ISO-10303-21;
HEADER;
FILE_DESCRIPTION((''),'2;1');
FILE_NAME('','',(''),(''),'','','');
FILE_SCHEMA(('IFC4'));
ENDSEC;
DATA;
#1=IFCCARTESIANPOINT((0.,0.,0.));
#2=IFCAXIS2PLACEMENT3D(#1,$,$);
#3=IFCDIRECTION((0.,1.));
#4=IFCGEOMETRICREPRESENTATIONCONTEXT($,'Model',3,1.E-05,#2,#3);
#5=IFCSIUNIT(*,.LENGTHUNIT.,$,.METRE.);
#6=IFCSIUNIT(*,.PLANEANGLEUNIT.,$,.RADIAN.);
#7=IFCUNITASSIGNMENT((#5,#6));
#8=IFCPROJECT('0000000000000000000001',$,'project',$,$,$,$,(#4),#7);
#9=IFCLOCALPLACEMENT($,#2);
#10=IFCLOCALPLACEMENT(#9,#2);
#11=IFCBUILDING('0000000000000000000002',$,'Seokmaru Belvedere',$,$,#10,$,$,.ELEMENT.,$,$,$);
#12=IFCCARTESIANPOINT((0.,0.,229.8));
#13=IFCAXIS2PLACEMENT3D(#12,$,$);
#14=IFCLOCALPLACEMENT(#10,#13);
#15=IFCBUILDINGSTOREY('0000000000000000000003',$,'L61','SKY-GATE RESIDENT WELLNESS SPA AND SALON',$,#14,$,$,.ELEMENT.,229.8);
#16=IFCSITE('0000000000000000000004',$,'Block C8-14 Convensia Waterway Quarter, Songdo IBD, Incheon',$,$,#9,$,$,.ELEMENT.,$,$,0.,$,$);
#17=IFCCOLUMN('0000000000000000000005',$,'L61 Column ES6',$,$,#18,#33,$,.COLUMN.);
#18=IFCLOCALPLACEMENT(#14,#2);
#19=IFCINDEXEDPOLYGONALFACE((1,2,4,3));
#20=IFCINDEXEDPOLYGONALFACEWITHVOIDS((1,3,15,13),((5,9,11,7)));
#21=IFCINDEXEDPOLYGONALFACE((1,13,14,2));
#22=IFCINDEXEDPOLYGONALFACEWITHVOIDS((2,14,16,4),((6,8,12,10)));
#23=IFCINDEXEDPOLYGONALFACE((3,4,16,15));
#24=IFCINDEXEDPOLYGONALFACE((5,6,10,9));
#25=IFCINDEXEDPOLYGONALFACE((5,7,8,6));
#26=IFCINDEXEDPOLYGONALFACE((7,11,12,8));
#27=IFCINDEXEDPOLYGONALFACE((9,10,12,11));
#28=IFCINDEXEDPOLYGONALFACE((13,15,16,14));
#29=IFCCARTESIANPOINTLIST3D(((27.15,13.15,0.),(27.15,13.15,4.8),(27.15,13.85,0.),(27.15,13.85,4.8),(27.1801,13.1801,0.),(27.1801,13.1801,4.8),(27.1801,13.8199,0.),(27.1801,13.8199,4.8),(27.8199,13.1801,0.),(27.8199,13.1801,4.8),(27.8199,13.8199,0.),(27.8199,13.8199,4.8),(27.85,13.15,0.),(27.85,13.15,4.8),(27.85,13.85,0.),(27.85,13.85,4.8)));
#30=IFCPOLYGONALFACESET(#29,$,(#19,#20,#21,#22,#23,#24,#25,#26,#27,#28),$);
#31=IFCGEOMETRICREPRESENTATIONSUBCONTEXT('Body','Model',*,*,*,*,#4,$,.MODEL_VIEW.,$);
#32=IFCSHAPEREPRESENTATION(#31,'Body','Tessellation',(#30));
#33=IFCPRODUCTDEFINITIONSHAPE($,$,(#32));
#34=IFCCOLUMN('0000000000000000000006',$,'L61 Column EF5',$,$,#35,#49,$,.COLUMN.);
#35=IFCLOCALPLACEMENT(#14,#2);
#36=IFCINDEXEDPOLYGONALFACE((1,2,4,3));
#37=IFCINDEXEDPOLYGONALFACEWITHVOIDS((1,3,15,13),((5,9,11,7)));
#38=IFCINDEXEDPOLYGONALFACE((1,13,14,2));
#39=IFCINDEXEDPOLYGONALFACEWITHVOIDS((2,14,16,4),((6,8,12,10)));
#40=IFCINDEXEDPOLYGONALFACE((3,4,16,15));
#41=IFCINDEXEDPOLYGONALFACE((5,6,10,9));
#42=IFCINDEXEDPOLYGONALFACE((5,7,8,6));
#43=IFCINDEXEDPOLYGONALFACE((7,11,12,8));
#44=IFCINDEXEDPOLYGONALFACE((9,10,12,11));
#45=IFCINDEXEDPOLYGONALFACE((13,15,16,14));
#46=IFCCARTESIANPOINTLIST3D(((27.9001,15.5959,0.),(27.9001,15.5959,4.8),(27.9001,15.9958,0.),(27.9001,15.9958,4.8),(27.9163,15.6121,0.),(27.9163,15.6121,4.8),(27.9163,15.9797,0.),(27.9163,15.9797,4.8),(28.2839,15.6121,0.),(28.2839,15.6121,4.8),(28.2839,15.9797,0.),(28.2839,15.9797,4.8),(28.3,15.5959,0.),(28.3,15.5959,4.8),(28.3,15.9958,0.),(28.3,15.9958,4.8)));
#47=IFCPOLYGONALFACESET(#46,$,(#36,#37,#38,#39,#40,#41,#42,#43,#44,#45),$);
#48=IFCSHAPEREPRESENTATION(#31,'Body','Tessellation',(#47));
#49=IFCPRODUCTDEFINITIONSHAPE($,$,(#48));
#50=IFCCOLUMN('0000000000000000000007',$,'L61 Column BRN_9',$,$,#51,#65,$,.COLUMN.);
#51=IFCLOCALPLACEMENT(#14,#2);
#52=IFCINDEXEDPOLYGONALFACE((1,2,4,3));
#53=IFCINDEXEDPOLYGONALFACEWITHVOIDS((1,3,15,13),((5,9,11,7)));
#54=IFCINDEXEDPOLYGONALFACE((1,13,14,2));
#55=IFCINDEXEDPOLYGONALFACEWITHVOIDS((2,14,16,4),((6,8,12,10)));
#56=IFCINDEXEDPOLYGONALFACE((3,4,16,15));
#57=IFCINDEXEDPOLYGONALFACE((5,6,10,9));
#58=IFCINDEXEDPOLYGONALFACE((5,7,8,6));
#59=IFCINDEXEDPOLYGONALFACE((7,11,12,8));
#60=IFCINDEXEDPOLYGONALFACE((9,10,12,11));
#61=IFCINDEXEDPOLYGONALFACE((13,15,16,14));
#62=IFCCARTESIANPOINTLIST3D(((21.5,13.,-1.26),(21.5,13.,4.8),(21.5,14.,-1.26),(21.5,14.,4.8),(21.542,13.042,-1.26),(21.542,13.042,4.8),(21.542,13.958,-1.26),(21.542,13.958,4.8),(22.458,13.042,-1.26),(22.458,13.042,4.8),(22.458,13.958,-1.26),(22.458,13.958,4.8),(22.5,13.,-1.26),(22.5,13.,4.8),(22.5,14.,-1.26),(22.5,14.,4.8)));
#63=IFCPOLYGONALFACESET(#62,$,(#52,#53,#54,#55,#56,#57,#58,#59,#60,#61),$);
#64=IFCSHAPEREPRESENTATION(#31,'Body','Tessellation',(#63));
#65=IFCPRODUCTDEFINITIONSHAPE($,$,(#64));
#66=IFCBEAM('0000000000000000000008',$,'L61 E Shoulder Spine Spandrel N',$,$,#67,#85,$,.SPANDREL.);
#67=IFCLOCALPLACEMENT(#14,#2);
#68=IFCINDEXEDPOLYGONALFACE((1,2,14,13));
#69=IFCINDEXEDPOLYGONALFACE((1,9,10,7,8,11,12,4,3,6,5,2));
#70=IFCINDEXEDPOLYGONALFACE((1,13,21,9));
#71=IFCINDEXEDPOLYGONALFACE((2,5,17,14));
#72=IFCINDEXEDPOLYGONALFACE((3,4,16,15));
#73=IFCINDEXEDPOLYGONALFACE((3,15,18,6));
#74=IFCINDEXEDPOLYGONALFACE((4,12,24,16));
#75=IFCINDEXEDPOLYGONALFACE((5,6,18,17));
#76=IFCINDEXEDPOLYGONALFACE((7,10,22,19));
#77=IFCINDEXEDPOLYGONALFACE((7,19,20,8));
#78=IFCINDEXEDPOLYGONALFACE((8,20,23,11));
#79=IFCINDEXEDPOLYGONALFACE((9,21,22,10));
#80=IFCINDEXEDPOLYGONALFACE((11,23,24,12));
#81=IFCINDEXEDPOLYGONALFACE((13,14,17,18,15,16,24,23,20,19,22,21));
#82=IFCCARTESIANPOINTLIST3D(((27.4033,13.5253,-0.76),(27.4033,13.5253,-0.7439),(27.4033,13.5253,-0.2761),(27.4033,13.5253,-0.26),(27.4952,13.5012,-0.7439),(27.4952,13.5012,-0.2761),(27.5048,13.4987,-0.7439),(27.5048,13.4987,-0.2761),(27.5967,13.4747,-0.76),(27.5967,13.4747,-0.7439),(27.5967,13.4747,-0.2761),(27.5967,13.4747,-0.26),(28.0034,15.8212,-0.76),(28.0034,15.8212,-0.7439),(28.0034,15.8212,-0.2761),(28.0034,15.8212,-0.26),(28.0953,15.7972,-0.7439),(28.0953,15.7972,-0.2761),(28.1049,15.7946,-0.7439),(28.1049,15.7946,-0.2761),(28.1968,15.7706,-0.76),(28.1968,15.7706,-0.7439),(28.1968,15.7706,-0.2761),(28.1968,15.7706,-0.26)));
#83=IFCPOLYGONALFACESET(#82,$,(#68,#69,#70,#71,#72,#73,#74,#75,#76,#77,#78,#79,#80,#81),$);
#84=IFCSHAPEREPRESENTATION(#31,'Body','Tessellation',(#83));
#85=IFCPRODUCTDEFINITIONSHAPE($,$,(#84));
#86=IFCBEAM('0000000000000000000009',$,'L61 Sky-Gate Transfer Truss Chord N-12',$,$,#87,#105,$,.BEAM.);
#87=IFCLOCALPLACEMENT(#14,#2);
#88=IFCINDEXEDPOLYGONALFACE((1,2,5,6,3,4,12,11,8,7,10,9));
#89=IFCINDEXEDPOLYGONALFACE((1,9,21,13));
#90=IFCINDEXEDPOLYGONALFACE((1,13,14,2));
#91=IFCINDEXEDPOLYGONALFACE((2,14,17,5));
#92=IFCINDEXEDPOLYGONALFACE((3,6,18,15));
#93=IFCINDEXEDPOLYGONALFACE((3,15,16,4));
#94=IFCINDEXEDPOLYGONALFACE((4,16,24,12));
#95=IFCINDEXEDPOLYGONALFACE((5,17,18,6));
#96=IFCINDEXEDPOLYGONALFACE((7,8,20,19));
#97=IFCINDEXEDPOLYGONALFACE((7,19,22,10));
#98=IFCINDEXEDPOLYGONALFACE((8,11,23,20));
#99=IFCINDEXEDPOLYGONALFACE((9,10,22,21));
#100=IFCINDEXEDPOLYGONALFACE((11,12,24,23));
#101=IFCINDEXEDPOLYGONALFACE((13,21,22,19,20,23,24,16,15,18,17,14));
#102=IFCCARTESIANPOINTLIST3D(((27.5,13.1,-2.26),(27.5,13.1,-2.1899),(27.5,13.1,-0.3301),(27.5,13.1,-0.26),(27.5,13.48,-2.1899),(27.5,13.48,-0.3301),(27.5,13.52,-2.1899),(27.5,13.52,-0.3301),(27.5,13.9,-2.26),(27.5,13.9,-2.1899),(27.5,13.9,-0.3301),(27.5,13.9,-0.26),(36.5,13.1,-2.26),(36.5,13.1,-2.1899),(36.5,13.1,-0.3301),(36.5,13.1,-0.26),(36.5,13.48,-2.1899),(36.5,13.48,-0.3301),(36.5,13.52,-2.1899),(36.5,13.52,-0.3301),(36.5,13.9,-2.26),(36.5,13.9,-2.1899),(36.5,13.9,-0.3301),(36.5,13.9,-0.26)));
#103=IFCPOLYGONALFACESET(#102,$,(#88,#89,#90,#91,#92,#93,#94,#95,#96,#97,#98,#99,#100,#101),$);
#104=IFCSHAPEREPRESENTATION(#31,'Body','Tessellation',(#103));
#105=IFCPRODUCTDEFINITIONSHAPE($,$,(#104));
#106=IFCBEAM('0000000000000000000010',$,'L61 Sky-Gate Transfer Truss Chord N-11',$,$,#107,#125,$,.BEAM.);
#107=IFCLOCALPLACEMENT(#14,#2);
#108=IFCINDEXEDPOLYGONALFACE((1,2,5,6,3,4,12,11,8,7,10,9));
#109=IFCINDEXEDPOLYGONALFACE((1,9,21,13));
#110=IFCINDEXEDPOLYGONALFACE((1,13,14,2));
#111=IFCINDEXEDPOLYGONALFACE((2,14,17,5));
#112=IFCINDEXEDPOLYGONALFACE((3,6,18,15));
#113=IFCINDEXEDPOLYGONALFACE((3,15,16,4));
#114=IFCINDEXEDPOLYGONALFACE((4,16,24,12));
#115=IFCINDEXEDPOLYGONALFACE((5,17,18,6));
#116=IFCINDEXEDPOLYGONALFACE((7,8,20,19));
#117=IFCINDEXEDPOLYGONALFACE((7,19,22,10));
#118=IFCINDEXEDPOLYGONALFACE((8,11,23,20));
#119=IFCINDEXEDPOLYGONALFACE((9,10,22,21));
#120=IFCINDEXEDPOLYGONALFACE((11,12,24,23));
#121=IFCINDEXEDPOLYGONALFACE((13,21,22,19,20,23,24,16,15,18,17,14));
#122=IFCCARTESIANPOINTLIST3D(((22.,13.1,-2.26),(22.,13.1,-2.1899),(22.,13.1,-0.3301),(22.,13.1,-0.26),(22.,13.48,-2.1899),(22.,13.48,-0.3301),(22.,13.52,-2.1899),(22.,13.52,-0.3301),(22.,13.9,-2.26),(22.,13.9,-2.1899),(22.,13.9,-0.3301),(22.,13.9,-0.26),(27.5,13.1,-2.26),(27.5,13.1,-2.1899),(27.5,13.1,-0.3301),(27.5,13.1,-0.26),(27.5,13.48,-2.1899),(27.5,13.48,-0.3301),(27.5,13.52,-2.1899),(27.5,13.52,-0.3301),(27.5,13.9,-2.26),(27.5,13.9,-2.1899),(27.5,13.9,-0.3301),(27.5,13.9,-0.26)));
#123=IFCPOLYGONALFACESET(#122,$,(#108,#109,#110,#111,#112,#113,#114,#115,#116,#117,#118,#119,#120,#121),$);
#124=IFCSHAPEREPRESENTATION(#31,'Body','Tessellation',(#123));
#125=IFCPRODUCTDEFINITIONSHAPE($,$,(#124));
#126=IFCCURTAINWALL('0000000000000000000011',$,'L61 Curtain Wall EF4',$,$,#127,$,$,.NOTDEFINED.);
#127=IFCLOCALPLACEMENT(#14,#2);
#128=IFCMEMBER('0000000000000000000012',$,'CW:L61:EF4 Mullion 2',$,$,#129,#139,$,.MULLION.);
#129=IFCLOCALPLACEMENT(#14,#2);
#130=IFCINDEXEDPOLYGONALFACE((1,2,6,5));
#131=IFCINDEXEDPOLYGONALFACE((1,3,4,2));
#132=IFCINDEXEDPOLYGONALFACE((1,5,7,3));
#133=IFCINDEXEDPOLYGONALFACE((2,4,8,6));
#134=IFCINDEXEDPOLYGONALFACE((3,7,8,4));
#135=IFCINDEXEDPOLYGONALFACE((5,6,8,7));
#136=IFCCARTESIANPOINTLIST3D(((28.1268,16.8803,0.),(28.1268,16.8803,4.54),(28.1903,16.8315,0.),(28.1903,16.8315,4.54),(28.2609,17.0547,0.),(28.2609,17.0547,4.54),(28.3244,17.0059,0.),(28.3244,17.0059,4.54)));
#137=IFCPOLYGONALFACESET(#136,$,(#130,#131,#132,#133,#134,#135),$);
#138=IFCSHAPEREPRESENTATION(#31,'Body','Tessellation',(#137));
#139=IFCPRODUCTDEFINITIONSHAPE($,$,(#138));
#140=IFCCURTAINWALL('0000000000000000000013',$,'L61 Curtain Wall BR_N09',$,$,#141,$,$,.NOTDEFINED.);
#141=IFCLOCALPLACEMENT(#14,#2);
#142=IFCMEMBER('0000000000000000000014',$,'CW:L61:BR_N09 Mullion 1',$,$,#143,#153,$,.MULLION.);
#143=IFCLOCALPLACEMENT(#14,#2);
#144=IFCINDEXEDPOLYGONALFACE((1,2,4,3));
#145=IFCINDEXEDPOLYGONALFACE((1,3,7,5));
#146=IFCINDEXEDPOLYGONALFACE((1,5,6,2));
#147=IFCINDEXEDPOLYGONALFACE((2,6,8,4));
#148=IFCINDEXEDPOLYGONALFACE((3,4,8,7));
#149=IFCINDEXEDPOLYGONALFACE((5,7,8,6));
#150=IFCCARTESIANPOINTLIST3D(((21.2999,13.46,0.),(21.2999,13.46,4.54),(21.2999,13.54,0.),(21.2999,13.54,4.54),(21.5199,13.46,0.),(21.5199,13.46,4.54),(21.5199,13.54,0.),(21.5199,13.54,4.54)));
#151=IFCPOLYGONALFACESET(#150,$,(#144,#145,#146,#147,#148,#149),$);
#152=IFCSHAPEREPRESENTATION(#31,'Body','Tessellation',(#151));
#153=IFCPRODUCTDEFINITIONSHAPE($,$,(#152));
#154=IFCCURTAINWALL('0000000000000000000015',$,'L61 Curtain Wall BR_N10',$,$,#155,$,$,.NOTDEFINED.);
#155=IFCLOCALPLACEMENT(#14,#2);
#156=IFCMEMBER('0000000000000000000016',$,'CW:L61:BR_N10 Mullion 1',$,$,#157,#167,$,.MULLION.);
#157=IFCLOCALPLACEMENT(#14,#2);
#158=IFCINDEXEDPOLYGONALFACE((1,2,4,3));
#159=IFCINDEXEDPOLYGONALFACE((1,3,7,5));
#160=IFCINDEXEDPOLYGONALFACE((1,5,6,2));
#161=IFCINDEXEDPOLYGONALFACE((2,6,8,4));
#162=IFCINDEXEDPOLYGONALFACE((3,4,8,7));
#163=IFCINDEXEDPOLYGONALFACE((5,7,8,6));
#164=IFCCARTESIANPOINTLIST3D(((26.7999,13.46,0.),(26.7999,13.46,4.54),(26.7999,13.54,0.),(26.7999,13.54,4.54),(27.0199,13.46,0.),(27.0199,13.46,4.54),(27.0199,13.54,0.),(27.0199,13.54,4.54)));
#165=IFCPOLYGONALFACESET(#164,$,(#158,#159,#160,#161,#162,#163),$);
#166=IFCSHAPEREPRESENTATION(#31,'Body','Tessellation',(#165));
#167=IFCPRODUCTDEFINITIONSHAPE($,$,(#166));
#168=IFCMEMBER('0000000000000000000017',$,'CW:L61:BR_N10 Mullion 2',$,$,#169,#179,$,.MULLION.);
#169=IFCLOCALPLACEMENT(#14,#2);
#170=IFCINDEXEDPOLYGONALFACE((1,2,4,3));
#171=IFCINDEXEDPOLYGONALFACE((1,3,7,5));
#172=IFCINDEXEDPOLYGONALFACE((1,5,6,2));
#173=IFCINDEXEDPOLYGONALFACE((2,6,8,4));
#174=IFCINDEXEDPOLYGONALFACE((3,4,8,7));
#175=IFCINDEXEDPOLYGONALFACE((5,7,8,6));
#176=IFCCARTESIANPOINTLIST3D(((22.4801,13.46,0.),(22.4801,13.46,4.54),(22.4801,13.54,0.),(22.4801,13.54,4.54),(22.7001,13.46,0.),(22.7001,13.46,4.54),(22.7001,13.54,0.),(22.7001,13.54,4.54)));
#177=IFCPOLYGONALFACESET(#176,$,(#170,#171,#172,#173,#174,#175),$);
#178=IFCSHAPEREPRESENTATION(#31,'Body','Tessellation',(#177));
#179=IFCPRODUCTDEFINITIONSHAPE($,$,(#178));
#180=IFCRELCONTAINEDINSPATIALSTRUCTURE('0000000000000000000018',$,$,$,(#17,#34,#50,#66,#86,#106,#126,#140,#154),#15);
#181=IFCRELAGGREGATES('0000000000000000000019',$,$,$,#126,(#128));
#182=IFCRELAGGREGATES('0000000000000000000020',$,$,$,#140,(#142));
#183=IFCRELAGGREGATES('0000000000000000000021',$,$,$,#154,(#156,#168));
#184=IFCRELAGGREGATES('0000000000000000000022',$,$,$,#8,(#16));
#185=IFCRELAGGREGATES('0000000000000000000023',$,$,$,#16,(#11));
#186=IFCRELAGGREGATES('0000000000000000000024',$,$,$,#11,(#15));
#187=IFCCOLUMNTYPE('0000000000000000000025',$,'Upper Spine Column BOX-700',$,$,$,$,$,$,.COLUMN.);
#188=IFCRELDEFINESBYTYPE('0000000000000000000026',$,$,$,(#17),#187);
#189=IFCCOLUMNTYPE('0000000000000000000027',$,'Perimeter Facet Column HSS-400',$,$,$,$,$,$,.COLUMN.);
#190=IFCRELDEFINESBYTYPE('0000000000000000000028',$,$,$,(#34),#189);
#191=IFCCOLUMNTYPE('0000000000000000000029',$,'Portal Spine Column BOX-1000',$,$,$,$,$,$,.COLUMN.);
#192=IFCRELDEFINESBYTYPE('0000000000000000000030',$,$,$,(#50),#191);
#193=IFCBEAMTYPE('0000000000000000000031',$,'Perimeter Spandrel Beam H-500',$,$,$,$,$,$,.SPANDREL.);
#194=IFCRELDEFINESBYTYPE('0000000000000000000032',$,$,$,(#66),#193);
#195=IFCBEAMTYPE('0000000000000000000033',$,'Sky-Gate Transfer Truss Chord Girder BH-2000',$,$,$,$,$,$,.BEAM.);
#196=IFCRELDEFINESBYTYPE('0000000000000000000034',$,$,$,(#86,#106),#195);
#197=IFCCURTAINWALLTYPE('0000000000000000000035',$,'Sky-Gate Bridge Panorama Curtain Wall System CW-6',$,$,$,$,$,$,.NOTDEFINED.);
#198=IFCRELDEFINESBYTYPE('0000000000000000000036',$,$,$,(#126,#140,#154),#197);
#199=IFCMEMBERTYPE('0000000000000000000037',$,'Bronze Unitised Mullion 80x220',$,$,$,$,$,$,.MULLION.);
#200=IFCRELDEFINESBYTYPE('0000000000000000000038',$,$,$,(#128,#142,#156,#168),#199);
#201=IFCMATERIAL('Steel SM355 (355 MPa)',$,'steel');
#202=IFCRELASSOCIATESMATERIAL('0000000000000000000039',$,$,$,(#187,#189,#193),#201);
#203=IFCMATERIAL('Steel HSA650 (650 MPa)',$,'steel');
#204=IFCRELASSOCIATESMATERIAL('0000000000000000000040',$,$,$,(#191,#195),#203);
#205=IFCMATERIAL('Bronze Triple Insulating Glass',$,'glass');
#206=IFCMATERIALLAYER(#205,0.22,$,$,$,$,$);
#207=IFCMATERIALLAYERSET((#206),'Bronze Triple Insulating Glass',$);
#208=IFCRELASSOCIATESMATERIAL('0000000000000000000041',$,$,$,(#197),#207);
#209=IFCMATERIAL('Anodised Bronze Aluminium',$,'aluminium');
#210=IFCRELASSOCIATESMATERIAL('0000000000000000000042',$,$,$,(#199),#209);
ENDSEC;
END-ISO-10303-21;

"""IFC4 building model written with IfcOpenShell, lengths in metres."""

from ifc_helpers import new_model, si_unit, direction, frame, origin, origin_2d, place, context, subcontext, project, spatial, rectangle, hollow_rectangle, i_section, extrude, source, transform, mapped, material, layer, layer_set, material_profile, profile_set, type_object, type_shapes, element, aggregate, save


model = new_model("IFC4")

# Units and contexts
model_context = context("Model", 3, precision=1e-05, world=origin(), true_north=direction((0.0, 1.0)))
body_context = subcontext(model_context, "Body", "Model", "MODEL_VIEW")
ifc_project = project(units=[si_unit("LENGTHUNIT", "METRE"), si_unit("PLANEANGLEUNIT", "RADIAN")], contexts=[model_context])

# Site, building, storey
site_placement = place(None, origin())
site = spatial("IfcSite", under=ifc_project, at=site_placement, Name="Block C8-14 Convensia Waterway Quarter, Songdo IBD, Incheon", CompositionType="ELEMENT", RefElevation=0.0)
building_placement = place(site_placement, origin())
building = spatial("IfcBuilding", under=site, at=building_placement, Name="Seokmaru Belvedere", CompositionType="ELEMENT")
storey_placement = place(building_placement, frame((0.0, 0.0, 229.8)))
storey = spatial("IfcBuildingStorey", under=building, at=storey_placement, Name="L61", Description="SKY-GATE RESIDENT WELLNESS SPA AND SALON", CompositionType="ELEMENT", Elevation=229.8)

# Columns
ifc_material_1 = material(Name="Steel SM355 (355 MPa)", Category="steel")
ifc_material_profile_1 = material_profile(ifc_material_1, hollow_rectangle(XDim=0.7, YDim=0.7, WallThickness=0.03, at=origin_2d()), Name="BOX-700x700x30")
ifc_profile_set_1 = profile_set([ifc_material_profile_1], Name="Steel SM355 (355 MPa)")
column_type_1 = type_object("IfcColumnType", Name="Upper Spine Column BOX-700", PredefinedType="COLUMN", material=ifc_profile_set_1)
shared_shape_1 = source(origin(), body_context, "Body", "SweptSolid", [
    extrude(hollow_rectangle(XDim=0.7, YDim=0.7, WallThickness=0.03, at=origin_2d()), origin(), (0.0, 0.0, 1.0), 4.8),
])
type_shapes(column_type_1, [shared_shape_1])
column_1_placement = place(storey_placement, frame((27.5, 13.5, 0.0), z_axis=(0.0, 0.0, 1.0), x_axis=(1.0, 0.0, 0.0)))
element("IfcColumn", 1, at=column_1_placement, inside=storey, type_object=column_type_1, Name="L61 Column ES6", PredefinedType="COLUMN", context=body_context, shape_type="MappedRepresentation", body=[
    mapped(shared_shape_1, transform((0.0, 0.0, 0.0), scale=1.0)),
])
ifc_material_profile_2 = material_profile(ifc_material_1, hollow_rectangle(XDim=0.3999, YDim=0.3999, WallThickness=0.0161, at=origin_2d()), Name="HSS-400x400x16")
ifc_profile_set_2 = profile_set([ifc_material_profile_2], Name="Steel SM355 (355 MPa)")
column_type_2 = type_object("IfcColumnType", Name="Perimeter Facet Column HSS-400", PredefinedType="COLUMN", material=ifc_profile_set_2)
shared_shape_2 = source(origin(), body_context, "Body", "SweptSolid", [
    extrude(hollow_rectangle(XDim=0.3999, YDim=0.3999, WallThickness=0.0161, at=origin_2d()), origin(), (0.0, 0.0, 1.0), 4.8),
])
type_shapes(column_type_2, [shared_shape_2])
column_2_placement = place(storey_placement, frame((28.1001, 15.7959, 0.0), z_axis=(0.0, 0.0, 1.0), x_axis=(1.0, 0.0, 0.0)))
element("IfcColumn", 2, at=column_2_placement, inside=storey, type_object=column_type_2, Name="L61 Column EF5", PredefinedType="COLUMN", context=body_context, shape_type="MappedRepresentation", body=[
    mapped(shared_shape_2, transform((0.0, 0.0, 0.0), scale=1.0)),
])
ifc_material_2 = material(Name="Steel HSA650 (650 MPa)", Category="steel")
ifc_material_profile_3 = material_profile(ifc_material_2, hollow_rectangle(XDim=1.0, YDim=1.0, WallThickness=0.042, at=origin_2d()), Name="BOX-1000x1000x42")
ifc_profile_set_3 = profile_set([ifc_material_profile_3], Name="Steel HSA650 (650 MPa)")
column_type_3 = type_object("IfcColumnType", Name="Portal Spine Column BOX-1000", PredefinedType="COLUMN", material=ifc_profile_set_3)
shared_shape_3 = source(origin(), body_context, "Body", "SweptSolid", [
    extrude(hollow_rectangle(XDim=1.0, YDim=1.0, WallThickness=0.042, at=origin_2d()), origin(), (0.0, 0.0, 1.0), 6.0601),
])
type_shapes(column_type_3, [shared_shape_3])
column_3_placement = place(storey_placement, frame((22.0, 13.5, -1.26), z_axis=(0.0, 0.0, 1.0), x_axis=(1.0, 0.0, 0.0)))
element("IfcColumn", 3, at=column_3_placement, inside=storey, type_object=column_type_3, Name="L61 Column BRN_9", PredefinedType="COLUMN", context=body_context, shape_type="MappedRepresentation", body=[
    mapped(shared_shape_3, transform((0.0, 0.0, 0.0), scale=1.0)),
])

# Beams
ifc_material_profile_4 = material_profile(ifc_material_1, i_section(OverallWidth=0.2, OverallDepth=0.5, WebThickness=0.01, FlangeThickness=0.0161, at=origin_2d()), Name="H-500x200x10x16")
ifc_profile_set_4 = profile_set([ifc_material_profile_4], Name="Steel SM355 (355 MPa)")
beam_type_1 = type_object("IfcBeamType", Name="Perimeter Spandrel Beam H-500", PredefinedType="SPANDREL", material=ifc_profile_set_4)
shared_shape_4 = source(origin(), body_context, "Body", "SweptSolid", [
    extrude(i_section(OverallWidth=0.2, OverallDepth=0.5, WebThickness=0.01, FlangeThickness=0.0161, at=origin_2d()), origin(), (0.0, 0.0, 1.0), 2.373),
])
type_shapes(beam_type_1, [shared_shape_4])
beam_1_placement = place(storey_placement, frame((28.1001, 15.7959, -0.51), z_axis=(-0.252883, -0.967497, 0.0), x_axis=(0.967497, -0.252883, 0.0)))
element("IfcBeam", 4, at=beam_1_placement, inside=storey, type_object=beam_type_1, Name="L61 E Shoulder Spine Spandrel N", PredefinedType="SPANDREL", context=body_context, shape_type="MappedRepresentation", body=[
    mapped(shared_shape_4, transform((0.0, 0.0, 0.0), scale=1.0)),
])
ifc_material_profile_5 = material_profile(ifc_material_2, i_section(OverallWidth=0.8, OverallDepth=2.0, WebThickness=0.04, FlangeThickness=0.0701, at=origin_2d()), Name="BH-2000x800x40x70")
ifc_profile_set_5 = profile_set([ifc_material_profile_5], Name="Steel HSA650 (650 MPa)")
beam_type_2 = type_object("IfcBeamType", Name="Sky-Gate Transfer Truss Chord Girder BH-2000", PredefinedType="BEAM", material=ifc_profile_set_5)
shared_shape_5 = source(origin(), body_context, "Body", "SweptSolid", [
    extrude(i_section(OverallWidth=0.8, OverallDepth=2.0, WebThickness=0.04, FlangeThickness=0.0701, at=origin_2d()), origin(), (0.0, 0.0, 1.0), 9.0),
])
beam_2_placement = place(storey_placement, frame((27.5, 13.5, -1.26), z_axis=(1.0, 0.0, 0.0), x_axis=(0.0, 1.0, 0.0)))
element("IfcBeam", 5, at=beam_2_placement, inside=storey, type_object=beam_type_2, Name="L61 Sky-Gate Transfer Truss Chord N-12", PredefinedType="BEAM", context=body_context, shape_type="MappedRepresentation", body=[
    mapped(shared_shape_5, transform((0.0, 0.0, 0.0), scale=1.0)),
])
shared_shape_6 = source(origin(), body_context, "Body", "SweptSolid", [
    extrude(i_section(OverallWidth=0.8, OverallDepth=2.0, WebThickness=0.04, FlangeThickness=0.0701, at=origin_2d()), origin(), (0.0, 0.0, 1.0), 5.5),
])
type_shapes(beam_type_2, [shared_shape_5, shared_shape_6])
beam_3_placement = place(storey_placement, frame((22.0, 13.5, -1.26), z_axis=(1.0, 0.0, 0.0), x_axis=(0.0, 1.0, 0.0)))
element("IfcBeam", 6, at=beam_3_placement, inside=storey, type_object=beam_type_2, Name="L61 Sky-Gate Transfer Truss Chord N-11", PredefinedType="BEAM", context=body_context, shape_type="MappedRepresentation", body=[
    mapped(shared_shape_6, transform((0.0, 0.0, 0.0), scale=1.0)),
])

# Curtain walls, members
ifc_material_3 = material(Name="Bronze Triple Insulating Glass", Category="glass")
ifc_layer_1 = layer(ifc_material_3, 0.22)
ifc_layer_set_1 = layer_set([ifc_layer_1], Name="Bronze Triple Insulating Glass")
curtain_wall_type = type_object("IfcCurtainWallType", Name="Sky-Gate Bridge Panorama Curtain Wall System CW-6", PredefinedType="NOTDEFINED", material=ifc_layer_set_1)
curtain_wall_1_placement = place(storey_placement, origin())
curtain_wall_1 = element("IfcCurtainWall", 7, at=curtain_wall_1_placement, inside=storey, type_object=curtain_wall_type, Name="L61 Curtain Wall EF4", PredefinedType="NOTDEFINED")
ifc_material_4 = material(Name="Anodised Bronze Aluminium", Category="aluminium")
ifc_material_profile_6 = material_profile(ifc_material_4, rectangle(XDim=0.0801, YDim=0.22, at=origin_2d()), Name="CW-M-80x220")
ifc_profile_set_6 = profile_set([ifc_material_profile_6], Name="Anodised Bronze Aluminium")
member_type_1 = type_object("IfcMemberType", Name="Bronze Unitised Mullion 80x220", PredefinedType="MULLION", material=ifc_profile_set_6)
shared_shape_7 = source(origin(), body_context, "Body", "SweptSolid", [
    extrude(rectangle(XDim=0.0801, YDim=0.22, at=origin_2d()), origin(), (0.0, 0.0, 1.0), 4.54),
])
type_shapes(member_type_1, [shared_shape_7])
member_1_placement = place(storey_placement, frame((28.2256, 16.9431, 0.0), z_axis=(0.0, 0.0, 1.0), x_axis=(0.792631, -0.609701, 0.0)))
member_1 = element("IfcMember", 8, at=member_1_placement, type_object=member_type_1, Name="CW:L61:EF4 Mullion 2", PredefinedType="MULLION", context=body_context, shape_type="MappedRepresentation", body=[
    mapped(shared_shape_7, transform((0.0, 0.0, 0.0), scale=1.0)),
])
aggregate(curtain_wall_1, [member_1])
curtain_wall_2_placement = place(storey_placement, origin())
curtain_wall_2 = element("IfcCurtainWall", 9, at=curtain_wall_2_placement, inside=storey, type_object=curtain_wall_type, Name="L61 Curtain Wall BR_N09", PredefinedType="NOTDEFINED")
member_2_placement = place(storey_placement, frame((21.4099, 13.5, 0.0), z_axis=(0.0, 0.0, 1.0), x_axis=(0.0, -1.0, 0.0)))
member_2 = element("IfcMember", 10, at=member_2_placement, type_object=member_type_1, Name="CW:L61:BR_N09 Mullion 1", PredefinedType="MULLION", context=body_context, shape_type="MappedRepresentation", body=[
    mapped(shared_shape_7, transform((0.0, 0.0, 0.0), scale=1.0)),
])

# Curtain wall, members
curtain_wall_3_placement = place(storey_placement, origin())
curtain_wall_3 = element("IfcCurtainWall", 11, at=curtain_wall_3_placement, inside=storey, type_object=curtain_wall_type, Name="L61 Curtain Wall BR_N10", PredefinedType="NOTDEFINED")
member_3_placement = place(storey_placement, frame((26.9099, 13.5, 0.0), z_axis=(0.0, 0.0, 1.0), x_axis=(0.0, -1.0, 0.0)))
member_3 = element("IfcMember", 12, at=member_3_placement, type_object=member_type_1, Name="CW:L61:BR_N10 Mullion 1", PredefinedType="MULLION", context=body_context, shape_type="MappedRepresentation", body=[
    mapped(shared_shape_7, transform((0.0, 0.0, 0.0), scale=1.0)),
])
member_4_placement = place(storey_placement, frame((22.5901, 13.5, 0.0), z_axis=(0.0, 0.0, 1.0), x_axis=(0.0, -1.0, 0.0)))
member_4 = element("IfcMember", 13, at=member_4_placement, type_object=member_type_1, Name="CW:L61:BR_N10 Mullion 2", PredefinedType="MULLION", context=body_context, shape_type="MappedRepresentation", body=[
    mapped(shared_shape_7, transform((0.0, 0.0, 0.0), scale=1.0)),
])

aggregate(curtain_wall_2, [member_2])

aggregate(curtain_wall_3, [member_3, member_4])

save(model, "model.ifc")
